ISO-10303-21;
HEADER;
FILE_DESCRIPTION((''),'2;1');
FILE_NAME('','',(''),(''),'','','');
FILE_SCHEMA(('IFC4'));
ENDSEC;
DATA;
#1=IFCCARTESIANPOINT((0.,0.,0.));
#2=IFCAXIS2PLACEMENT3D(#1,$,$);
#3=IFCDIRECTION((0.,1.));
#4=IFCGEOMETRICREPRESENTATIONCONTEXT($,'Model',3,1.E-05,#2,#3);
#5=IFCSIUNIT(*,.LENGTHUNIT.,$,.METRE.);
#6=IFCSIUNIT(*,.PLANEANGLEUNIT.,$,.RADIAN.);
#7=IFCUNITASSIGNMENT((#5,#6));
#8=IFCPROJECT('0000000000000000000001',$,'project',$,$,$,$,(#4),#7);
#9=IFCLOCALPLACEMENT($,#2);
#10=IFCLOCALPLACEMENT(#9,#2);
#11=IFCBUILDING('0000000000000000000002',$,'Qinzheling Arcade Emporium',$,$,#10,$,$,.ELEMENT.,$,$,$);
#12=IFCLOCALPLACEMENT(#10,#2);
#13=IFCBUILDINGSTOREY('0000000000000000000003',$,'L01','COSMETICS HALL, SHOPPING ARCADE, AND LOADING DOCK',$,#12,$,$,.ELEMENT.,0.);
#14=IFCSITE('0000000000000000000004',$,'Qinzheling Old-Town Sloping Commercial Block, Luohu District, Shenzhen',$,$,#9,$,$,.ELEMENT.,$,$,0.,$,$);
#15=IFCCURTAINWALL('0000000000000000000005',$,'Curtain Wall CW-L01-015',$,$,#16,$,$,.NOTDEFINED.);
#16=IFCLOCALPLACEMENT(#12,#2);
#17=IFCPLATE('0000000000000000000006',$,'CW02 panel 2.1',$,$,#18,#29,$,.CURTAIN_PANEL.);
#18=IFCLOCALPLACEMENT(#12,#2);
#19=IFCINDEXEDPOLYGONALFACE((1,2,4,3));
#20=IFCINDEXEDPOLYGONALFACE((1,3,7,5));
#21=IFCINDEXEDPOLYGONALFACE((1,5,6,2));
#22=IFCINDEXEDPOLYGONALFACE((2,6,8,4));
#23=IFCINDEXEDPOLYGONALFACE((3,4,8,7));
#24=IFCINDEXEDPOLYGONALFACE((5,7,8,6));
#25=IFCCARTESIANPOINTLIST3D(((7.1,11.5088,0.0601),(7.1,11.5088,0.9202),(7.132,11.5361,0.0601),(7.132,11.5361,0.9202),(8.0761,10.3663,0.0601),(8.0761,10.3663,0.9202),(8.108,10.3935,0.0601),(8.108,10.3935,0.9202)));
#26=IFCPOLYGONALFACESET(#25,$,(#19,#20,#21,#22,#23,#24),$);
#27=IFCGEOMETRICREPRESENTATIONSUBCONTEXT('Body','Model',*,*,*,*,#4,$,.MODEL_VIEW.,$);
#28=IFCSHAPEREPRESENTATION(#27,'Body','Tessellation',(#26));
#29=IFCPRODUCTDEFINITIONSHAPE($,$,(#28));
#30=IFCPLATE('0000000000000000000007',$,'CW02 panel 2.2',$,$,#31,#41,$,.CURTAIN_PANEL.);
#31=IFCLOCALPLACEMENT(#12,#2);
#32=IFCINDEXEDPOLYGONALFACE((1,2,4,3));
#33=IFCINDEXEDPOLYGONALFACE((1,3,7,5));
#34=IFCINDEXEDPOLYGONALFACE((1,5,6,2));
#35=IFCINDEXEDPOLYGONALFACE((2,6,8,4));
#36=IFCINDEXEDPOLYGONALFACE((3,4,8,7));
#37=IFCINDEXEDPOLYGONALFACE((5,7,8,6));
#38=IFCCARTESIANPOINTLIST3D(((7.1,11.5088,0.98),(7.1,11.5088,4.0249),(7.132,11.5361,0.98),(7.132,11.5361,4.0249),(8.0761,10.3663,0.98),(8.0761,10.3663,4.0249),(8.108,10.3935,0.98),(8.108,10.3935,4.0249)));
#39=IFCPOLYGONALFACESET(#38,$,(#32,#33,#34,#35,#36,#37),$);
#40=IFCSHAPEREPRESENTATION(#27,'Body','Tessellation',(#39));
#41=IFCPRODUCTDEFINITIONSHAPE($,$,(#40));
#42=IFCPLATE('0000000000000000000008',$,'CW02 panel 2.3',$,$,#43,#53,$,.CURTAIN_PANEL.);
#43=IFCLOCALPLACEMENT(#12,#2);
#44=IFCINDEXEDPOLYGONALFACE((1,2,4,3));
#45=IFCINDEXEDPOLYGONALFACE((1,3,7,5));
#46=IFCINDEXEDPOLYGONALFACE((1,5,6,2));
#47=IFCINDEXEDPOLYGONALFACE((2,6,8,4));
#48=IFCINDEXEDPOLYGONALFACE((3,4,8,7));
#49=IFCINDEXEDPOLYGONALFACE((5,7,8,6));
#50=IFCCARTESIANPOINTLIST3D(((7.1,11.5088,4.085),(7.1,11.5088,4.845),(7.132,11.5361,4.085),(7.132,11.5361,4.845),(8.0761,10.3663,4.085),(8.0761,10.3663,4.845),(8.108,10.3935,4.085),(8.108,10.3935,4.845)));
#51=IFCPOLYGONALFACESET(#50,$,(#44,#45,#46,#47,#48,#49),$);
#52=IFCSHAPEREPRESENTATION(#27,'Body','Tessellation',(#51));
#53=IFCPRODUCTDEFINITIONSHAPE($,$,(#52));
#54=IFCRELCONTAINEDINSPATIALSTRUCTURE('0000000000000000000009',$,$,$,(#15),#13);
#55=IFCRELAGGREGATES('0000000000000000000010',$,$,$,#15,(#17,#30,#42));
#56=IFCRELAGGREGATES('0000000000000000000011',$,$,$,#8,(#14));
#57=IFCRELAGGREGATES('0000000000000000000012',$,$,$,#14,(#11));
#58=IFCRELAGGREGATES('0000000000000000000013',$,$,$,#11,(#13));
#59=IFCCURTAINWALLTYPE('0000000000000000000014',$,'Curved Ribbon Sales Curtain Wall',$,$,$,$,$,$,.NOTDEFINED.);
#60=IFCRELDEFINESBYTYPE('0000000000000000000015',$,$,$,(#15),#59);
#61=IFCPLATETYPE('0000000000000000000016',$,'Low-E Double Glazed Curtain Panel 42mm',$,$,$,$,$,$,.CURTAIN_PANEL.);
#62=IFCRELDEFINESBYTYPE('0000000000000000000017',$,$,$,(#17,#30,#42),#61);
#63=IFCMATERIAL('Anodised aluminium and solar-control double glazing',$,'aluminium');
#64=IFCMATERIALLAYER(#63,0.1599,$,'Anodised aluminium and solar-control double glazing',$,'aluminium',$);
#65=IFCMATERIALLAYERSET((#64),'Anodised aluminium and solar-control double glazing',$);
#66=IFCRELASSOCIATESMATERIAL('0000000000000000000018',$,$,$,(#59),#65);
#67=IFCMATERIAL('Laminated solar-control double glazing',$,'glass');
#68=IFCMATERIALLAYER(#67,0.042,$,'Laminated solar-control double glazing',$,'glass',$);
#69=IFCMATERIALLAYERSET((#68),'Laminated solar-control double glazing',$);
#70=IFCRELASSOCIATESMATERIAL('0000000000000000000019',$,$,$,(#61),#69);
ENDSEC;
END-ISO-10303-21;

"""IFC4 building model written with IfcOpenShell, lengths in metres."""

from ifc_helpers import new_model, si_unit, direction, frame, origin, origin_2d, place, context, subcontext, project, spatial, rectangle, extrude, material, layer, layer_set, type_object, element, aggregate, save


model = new_model("IFC4")

# Units and contexts
model_context = context("Model", 3, precision=1e-05, world=origin(), true_north=direction((0.0, 1.0)))
body_context = subcontext(model_context, "Body", "Model", "MODEL_VIEW")
ifc_project = project(units=[si_unit("LENGTHUNIT", "METRE"), si_unit("PLANEANGLEUNIT", "RADIAN")], contexts=[model_context])

# Site, building, storey
site_placement = place(None, origin())
site = spatial("IfcSite", under=ifc_project, at=site_placement, Name="Qinzheling Old-Town Sloping Commercial Block, Luohu District, Shenzhen", CompositionType="ELEMENT", RefElevation=0.0)
building_placement = place(site_placement, origin())
building = spatial("IfcBuilding", under=site, at=building_placement, Name="Qinzheling Arcade Emporium", CompositionType="ELEMENT")
storey_placement = place(building_placement, origin())
storey = spatial("IfcBuildingStorey", under=building, at=storey_placement, Name="L01", Description="COSMETICS HALL, SHOPPING ARCADE, AND LOADING DOCK", CompositionType="ELEMENT", Elevation=0.0)

# Curtain wall
ifc_material_1 = material(Name="Anodised aluminium and solar-control double glazing", Category="aluminium")
ifc_layer_1 = layer(ifc_material_1, 0.1599, Name="Anodised aluminium and solar-control double glazing", Category="aluminium")
ifc_layer_set_1 = layer_set([ifc_layer_1], Name="Anodised aluminium and solar-control double glazing")
curtain_wall_type = type_object("IfcCurtainWallType", Name="Curved Ribbon Sales Curtain Wall", PredefinedType="NOTDEFINED", material=ifc_layer_set_1)
curtain_wall_1_placement = place(storey_placement, origin())
curtain_wall_1 = element("IfcCurtainWall", 1, at=curtain_wall_1_placement, inside=storey, type_object=curtain_wall_type, Name="Curtain Wall CW-L01-015", PredefinedType="NOTDEFINED")

# Plates
ifc_material_2 = material(Name="Laminated solar-control double glazing", Category="glass")
ifc_layer_2 = layer(ifc_material_2, 0.042, Name="Laminated solar-control double glazing", Category="glass")
ifc_layer_set_2 = layer_set([ifc_layer_2], Name="Laminated solar-control double glazing")
plate_type_1 = type_object("IfcPlateType", Name="Low-E Double Glazed Curtain Panel 42mm", PredefinedType="CURTAIN_PANEL", material=ifc_layer_set_2)
plate_1_placement = place(storey_placement, frame((7.604, 10.9512, 0.0601), z_axis=(0.0, 0.0, 1.0), x_axis=(-0.649524, 0.760341, 0.0)))
plate_1 = element("IfcPlate", 2, at=plate_1_placement, type_object=plate_type_1, Name="CW02 panel 2.1", PredefinedType="CURTAIN_PANEL", context=body_context, shape_type="SweptSolid", body=[
    extrude(rectangle(XDim=1.5027, YDim=0.042, at=origin_2d()), origin(), (0.0, 0.0, 1.0), 0.8601),
])
plate_2_placement = place(storey_placement, frame((7.604, 10.9512, 0.98), z_axis=(0.0, 0.0, 1.0), x_axis=(-0.649524, 0.760341, 0.0)))
plate_2 = element("IfcPlate", 3, at=plate_2_placement, type_object=plate_type_1, Name="CW02 panel 2.2", PredefinedType="CURTAIN_PANEL", context=body_context, shape_type="SweptSolid", body=[
    extrude(rectangle(XDim=1.5027, YDim=0.042, at=origin_2d()), origin(), (0.0, 0.0, 1.0), 3.0449),
])
plate_3_placement = place(storey_placement, frame((7.604, 10.9512, 4.085), z_axis=(0.0, 0.0, 1.0), x_axis=(-0.649524, 0.760341, 0.0)))
plate_3 = element("IfcPlate", 4, at=plate_3_placement, type_object=plate_type_1, Name="CW02 panel 2.3", PredefinedType="CURTAIN_PANEL", context=body_context, shape_type="SweptSolid", body=[
    extrude(rectangle(XDim=1.5027, YDim=0.042, at=origin_2d()), origin(), (0.0, 0.0, 1.0), 0.76),
])
aggregate(curtain_wall_1, [plate_1, plate_2, plate_3])

save(model, "model.ifc")
